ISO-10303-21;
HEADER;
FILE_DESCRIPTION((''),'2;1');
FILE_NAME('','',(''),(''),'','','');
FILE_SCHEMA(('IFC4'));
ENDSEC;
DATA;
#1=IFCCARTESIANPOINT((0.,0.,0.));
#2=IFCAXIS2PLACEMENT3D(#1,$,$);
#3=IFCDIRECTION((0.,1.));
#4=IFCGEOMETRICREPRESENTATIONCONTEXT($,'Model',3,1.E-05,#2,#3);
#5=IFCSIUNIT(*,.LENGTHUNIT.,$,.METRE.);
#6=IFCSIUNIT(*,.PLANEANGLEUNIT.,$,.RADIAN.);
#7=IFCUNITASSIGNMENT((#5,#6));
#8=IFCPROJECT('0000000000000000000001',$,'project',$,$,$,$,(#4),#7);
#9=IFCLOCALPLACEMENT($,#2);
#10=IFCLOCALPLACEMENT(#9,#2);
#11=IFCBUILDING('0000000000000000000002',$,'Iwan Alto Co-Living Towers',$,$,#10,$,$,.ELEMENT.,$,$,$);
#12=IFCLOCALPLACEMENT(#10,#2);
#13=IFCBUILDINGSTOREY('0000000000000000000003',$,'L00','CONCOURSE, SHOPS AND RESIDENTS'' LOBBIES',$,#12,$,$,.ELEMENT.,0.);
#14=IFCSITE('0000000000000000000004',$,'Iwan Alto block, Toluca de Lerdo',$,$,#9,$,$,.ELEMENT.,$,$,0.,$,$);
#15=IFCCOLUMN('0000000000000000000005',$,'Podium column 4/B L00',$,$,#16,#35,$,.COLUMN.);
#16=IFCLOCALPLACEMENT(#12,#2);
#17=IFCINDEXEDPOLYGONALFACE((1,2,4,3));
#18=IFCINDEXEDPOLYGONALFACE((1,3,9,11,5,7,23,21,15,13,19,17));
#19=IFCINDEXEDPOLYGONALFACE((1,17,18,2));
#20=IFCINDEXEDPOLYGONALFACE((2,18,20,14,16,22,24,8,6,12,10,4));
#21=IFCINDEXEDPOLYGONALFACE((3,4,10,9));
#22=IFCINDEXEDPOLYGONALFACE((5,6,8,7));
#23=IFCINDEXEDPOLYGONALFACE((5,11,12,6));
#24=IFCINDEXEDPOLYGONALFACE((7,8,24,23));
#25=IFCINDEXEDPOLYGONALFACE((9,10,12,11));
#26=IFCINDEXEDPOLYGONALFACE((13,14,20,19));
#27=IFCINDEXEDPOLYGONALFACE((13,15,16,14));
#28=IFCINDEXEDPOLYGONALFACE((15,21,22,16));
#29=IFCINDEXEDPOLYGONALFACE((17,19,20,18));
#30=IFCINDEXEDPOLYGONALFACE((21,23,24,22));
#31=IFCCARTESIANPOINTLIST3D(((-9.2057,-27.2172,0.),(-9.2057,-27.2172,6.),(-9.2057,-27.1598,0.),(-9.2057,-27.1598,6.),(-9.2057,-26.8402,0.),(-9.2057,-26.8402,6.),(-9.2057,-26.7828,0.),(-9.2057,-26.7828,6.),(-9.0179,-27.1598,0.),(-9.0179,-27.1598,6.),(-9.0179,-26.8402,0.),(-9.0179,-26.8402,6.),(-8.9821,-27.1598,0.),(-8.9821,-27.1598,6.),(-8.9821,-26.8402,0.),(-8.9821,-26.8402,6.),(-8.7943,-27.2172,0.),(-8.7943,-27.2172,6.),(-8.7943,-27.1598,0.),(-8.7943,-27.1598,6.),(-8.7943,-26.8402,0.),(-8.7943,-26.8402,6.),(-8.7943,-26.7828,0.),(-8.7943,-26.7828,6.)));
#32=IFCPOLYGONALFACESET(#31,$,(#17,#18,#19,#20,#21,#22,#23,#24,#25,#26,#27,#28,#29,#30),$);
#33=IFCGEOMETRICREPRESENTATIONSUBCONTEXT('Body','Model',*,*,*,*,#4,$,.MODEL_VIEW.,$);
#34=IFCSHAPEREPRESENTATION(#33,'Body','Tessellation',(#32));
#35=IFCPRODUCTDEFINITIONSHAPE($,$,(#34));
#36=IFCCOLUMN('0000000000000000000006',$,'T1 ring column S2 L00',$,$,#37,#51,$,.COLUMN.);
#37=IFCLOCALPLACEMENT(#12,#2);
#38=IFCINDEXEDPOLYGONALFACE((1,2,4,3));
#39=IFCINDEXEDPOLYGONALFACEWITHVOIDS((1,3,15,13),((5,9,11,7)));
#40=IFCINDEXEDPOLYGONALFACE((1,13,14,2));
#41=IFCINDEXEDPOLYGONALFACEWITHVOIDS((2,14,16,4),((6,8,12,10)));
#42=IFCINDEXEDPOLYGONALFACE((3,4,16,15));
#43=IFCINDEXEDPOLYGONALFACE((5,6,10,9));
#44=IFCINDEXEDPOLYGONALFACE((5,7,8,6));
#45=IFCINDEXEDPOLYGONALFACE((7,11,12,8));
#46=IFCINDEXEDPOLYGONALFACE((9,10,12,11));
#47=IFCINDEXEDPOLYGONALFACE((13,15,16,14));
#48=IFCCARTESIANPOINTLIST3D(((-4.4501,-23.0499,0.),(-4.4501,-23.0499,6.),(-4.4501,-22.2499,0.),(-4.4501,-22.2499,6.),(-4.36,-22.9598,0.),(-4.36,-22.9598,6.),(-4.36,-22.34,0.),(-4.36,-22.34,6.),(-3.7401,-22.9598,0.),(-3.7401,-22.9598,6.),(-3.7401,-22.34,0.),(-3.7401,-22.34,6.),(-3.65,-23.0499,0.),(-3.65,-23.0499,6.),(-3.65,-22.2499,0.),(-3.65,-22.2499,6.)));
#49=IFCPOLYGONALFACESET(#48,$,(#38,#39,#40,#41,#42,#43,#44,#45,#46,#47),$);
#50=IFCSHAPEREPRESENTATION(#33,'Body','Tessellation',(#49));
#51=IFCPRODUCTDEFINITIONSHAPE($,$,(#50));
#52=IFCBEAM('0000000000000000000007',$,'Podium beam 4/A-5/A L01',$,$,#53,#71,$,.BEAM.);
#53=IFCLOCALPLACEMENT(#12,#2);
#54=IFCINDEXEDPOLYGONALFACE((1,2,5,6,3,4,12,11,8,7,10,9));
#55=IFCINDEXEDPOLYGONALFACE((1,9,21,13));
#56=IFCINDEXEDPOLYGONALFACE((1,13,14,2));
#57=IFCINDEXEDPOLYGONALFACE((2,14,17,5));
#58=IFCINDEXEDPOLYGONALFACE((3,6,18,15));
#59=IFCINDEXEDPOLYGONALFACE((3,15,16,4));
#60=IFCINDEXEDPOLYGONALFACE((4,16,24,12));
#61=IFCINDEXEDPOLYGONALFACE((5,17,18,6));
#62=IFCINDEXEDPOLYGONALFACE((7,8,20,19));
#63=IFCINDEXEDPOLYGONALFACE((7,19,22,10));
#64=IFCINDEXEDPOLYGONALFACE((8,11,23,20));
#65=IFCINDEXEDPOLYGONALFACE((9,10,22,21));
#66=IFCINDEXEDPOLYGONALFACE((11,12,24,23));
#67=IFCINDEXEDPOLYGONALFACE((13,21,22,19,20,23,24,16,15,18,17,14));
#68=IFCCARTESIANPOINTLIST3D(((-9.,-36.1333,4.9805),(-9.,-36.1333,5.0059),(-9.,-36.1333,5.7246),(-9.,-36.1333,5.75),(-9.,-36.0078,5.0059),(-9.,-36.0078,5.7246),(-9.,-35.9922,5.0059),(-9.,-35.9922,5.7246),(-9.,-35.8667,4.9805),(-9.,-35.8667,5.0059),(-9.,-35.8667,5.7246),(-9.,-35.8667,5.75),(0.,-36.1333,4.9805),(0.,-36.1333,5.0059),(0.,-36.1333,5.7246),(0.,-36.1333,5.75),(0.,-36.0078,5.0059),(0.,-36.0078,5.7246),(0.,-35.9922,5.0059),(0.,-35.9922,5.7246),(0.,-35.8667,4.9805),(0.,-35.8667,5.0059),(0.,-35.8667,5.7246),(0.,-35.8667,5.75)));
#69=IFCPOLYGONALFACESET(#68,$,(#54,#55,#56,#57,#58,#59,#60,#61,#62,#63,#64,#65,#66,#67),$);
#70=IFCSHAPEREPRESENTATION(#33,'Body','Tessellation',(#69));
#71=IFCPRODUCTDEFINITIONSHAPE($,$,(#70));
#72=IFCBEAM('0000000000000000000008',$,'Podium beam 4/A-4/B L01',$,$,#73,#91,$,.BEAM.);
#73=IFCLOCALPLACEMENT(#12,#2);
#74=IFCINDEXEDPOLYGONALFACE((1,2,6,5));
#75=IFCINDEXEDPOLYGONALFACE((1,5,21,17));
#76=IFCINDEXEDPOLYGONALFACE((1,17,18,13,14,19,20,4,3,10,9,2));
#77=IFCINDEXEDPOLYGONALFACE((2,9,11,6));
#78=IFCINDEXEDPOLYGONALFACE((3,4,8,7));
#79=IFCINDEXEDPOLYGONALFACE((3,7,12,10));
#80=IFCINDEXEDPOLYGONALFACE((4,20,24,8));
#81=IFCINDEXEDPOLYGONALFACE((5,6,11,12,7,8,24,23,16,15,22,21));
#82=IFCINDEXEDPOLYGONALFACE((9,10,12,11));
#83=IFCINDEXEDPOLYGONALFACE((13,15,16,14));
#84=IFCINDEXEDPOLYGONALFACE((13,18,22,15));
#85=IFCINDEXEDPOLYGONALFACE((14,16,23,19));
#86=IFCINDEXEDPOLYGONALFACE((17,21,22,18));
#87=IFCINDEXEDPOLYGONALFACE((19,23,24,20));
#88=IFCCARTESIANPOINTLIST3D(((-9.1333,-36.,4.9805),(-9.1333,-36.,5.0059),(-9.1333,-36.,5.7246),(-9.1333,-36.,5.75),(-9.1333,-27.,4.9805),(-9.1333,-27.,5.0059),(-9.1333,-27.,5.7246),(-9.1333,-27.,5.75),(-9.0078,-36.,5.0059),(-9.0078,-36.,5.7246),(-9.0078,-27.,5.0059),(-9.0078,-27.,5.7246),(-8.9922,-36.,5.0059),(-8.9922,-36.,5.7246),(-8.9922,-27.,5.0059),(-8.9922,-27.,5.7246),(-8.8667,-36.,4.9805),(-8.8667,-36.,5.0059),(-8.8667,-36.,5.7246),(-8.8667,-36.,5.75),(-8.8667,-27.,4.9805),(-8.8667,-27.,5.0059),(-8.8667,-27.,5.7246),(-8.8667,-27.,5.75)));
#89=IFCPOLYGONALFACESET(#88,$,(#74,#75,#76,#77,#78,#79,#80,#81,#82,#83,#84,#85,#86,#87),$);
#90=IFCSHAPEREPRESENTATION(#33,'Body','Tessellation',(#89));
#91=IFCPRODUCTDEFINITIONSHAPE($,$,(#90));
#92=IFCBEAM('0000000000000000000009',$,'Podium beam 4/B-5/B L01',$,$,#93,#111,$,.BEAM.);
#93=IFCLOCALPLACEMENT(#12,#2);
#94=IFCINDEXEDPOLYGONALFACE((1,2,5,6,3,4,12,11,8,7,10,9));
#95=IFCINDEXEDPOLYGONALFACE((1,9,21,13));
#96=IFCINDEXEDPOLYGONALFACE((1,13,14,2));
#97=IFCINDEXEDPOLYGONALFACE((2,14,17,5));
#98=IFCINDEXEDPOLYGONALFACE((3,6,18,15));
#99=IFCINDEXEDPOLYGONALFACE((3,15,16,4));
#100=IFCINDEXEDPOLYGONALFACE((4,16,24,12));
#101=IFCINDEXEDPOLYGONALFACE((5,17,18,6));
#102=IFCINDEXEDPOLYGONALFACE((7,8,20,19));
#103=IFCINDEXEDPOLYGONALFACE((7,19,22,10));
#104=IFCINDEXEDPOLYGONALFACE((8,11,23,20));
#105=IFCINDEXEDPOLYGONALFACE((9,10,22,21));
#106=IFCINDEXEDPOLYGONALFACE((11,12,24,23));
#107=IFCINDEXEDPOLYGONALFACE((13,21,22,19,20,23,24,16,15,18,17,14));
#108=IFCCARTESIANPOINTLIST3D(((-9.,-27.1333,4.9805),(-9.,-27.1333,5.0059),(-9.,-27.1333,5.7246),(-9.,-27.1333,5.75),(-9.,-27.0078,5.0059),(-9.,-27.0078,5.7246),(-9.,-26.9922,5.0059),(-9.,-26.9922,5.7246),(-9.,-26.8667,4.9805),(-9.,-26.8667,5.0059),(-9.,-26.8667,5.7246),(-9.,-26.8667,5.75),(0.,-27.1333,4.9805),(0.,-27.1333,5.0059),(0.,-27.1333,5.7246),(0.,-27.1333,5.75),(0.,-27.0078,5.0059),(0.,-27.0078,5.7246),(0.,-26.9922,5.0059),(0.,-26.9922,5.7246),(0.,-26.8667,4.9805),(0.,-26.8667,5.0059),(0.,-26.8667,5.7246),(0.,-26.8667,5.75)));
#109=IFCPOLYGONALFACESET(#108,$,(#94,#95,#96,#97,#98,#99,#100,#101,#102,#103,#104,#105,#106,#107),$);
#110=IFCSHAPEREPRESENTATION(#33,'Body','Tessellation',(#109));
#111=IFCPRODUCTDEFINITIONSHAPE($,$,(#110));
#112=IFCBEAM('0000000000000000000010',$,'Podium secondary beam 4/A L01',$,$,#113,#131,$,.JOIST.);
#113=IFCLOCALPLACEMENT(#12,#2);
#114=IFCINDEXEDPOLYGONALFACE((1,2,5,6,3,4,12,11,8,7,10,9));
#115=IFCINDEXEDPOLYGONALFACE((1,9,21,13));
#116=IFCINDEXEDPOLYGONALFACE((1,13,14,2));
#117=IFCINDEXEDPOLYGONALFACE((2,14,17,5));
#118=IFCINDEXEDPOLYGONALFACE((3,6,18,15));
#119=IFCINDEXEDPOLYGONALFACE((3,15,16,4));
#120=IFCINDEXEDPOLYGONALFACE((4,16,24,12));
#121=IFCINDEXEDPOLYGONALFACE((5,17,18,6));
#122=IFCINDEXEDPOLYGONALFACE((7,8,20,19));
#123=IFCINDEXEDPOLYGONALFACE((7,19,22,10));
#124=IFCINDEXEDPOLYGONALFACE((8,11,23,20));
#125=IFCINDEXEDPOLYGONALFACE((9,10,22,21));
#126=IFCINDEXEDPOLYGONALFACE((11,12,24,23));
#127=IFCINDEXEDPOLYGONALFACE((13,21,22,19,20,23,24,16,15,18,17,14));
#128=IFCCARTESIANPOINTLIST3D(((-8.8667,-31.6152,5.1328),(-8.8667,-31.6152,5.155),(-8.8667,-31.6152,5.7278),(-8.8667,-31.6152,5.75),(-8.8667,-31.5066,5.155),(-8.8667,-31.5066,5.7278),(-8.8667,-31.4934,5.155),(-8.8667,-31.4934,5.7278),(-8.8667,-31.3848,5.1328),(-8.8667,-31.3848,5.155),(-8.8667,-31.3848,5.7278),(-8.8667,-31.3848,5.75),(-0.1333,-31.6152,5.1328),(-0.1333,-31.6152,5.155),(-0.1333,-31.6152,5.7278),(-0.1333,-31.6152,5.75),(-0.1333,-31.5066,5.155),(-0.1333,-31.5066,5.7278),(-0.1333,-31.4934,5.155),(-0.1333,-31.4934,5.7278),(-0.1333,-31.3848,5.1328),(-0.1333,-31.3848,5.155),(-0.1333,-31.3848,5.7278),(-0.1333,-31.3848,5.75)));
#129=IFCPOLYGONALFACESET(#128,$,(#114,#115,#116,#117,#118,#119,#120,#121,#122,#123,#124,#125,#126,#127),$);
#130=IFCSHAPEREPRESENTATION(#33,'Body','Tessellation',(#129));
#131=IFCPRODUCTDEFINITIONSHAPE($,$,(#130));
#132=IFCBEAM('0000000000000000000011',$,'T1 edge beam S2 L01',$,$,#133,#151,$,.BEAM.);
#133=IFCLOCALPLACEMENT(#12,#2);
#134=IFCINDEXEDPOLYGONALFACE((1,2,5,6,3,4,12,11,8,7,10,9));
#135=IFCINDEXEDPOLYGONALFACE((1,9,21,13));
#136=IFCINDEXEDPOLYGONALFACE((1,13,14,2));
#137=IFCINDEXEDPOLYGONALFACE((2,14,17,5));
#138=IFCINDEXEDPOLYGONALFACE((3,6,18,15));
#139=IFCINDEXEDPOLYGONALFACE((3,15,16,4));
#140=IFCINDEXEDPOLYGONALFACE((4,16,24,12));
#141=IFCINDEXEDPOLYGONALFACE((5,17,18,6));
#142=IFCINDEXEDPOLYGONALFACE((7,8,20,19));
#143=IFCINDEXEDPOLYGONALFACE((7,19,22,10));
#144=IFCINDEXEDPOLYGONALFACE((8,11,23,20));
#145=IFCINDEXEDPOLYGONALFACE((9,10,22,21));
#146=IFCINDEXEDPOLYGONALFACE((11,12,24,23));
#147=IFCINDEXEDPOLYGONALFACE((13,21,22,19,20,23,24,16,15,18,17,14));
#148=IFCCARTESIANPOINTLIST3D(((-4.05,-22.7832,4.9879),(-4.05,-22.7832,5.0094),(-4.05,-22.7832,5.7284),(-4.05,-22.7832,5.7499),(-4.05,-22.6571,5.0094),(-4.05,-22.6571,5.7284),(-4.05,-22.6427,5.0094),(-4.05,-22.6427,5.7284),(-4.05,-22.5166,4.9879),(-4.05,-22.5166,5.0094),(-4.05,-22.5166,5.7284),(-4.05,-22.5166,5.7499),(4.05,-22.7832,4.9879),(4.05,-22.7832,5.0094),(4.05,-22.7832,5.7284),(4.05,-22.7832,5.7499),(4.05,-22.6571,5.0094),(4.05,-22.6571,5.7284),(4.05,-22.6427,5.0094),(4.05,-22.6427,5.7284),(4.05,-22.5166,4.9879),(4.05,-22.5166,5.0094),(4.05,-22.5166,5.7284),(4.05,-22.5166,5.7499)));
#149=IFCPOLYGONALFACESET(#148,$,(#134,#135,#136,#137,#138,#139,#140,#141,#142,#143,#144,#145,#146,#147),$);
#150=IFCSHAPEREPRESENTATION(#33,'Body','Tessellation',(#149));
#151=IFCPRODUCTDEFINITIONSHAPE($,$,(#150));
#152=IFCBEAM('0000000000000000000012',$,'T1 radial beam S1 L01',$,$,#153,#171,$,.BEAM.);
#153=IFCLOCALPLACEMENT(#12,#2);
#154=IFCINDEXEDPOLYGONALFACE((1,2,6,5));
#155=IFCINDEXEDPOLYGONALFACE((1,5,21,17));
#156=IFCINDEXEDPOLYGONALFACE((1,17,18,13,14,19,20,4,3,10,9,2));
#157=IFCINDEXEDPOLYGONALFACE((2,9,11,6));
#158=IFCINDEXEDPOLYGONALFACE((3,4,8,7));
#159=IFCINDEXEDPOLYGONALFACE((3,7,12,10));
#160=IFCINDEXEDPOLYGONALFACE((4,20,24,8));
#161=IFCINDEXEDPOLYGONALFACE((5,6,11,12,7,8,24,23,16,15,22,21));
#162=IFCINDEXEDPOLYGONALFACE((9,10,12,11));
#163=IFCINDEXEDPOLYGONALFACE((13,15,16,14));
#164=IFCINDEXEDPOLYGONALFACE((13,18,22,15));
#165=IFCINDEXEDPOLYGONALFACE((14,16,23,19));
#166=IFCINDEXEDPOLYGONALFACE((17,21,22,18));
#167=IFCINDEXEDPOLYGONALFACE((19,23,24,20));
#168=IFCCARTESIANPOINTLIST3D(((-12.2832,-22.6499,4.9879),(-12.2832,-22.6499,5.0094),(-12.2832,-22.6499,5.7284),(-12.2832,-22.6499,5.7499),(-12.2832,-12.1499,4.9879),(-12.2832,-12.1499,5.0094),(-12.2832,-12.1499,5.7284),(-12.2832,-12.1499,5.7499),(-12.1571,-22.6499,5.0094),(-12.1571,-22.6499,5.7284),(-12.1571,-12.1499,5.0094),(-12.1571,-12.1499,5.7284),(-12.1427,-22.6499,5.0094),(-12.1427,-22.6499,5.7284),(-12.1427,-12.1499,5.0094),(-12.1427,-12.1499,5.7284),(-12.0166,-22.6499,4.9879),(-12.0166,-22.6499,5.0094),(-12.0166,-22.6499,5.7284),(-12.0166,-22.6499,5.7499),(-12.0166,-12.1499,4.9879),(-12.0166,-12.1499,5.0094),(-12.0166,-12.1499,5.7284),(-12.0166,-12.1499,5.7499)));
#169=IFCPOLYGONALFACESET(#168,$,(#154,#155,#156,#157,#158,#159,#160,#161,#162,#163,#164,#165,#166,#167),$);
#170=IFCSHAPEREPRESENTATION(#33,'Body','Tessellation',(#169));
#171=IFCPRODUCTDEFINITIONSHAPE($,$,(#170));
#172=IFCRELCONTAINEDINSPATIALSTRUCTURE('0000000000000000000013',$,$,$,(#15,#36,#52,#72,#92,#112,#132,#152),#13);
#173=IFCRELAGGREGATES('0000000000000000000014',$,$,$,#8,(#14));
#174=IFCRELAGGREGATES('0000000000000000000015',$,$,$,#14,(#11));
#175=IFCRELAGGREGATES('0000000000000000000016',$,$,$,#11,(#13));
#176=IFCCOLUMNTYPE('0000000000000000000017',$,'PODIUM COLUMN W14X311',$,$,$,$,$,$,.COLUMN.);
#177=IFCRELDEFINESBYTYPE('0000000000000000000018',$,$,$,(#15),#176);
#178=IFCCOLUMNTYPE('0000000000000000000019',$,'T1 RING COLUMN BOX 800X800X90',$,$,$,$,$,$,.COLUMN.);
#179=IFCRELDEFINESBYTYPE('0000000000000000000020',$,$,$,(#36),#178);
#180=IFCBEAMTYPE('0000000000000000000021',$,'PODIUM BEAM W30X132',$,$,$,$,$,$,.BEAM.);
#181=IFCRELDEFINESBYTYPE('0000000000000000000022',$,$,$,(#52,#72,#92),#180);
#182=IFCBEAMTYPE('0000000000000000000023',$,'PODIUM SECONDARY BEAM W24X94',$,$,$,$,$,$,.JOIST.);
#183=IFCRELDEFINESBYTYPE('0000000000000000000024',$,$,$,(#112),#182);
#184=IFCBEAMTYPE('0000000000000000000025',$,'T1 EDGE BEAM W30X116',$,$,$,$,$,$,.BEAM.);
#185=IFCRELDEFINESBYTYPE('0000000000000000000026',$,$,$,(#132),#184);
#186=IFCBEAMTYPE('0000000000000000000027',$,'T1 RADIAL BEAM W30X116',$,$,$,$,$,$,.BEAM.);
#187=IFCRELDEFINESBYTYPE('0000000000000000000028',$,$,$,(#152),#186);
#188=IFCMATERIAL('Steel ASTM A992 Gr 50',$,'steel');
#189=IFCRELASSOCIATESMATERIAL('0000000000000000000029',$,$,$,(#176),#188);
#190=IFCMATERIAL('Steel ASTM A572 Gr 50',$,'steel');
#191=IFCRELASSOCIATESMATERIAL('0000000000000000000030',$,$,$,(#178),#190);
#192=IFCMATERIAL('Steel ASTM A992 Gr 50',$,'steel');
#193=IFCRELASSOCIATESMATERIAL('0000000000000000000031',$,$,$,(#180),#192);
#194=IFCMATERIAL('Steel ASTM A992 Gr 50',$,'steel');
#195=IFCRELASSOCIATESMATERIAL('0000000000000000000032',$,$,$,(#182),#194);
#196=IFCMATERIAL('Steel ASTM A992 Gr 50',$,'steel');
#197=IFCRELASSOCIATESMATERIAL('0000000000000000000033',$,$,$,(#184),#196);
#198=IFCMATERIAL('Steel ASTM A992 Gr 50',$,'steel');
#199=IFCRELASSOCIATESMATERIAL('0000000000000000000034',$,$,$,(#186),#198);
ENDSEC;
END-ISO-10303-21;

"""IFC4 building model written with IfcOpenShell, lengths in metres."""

from ifc_helpers import new_model, si_unit, direction, frame, origin, origin_2d, place, context, subcontext, project, spatial, hollow_rectangle, i_section, extrude, material, material_profile, profile_set, type_object, element, save


model = new_model("IFC4")

# Units and contexts
model_context = context("Model", 3, precision=1e-05, world=origin(), true_north=direction((0.0, 1.0)))
body_context = subcontext(model_context, "Body", "Model", "MODEL_VIEW")
ifc_project = project(units=[si_unit("LENGTHUNIT", "METRE"), si_unit("PLANEANGLEUNIT", "RADIAN")], contexts=[model_context])

# Site, building, storey
site_placement = place(None, origin())
site = spatial("IfcSite", under=ifc_project, at=site_placement, Name="Iwan Alto block, Toluca de Lerdo", CompositionType="ELEMENT", RefElevation=0.0)
building_placement = place(site_placement, origin())
building = spatial("IfcBuilding", under=site, at=building_placement, Name="Iwan Alto Co-Living Towers", CompositionType="ELEMENT")
storey_placement = place(building_placement, origin())
storey = spatial("IfcBuildingStorey", under=building, at=storey_placement, Name="L00", Description="CONCOURSE, SHOPS AND RESIDENTS' LOBBIES", CompositionType="ELEMENT", Elevation=0.0)

# Columns
ifc_material_1 = material(Name="Steel ASTM A992 Gr 50", Category="steel")
ifc_material_profile_1 = material_profile(ifc_material_1, i_section(OverallWidth=0.4114, OverallDepth=0.4343, WebThickness=0.0359, FlangeThickness=0.0574, at=origin_2d()), Name="W14X311")
ifc_profile_set_1 = profile_set([ifc_material_profile_1], Name="Steel ASTM A992 Gr 50")
column_type_1 = type_object("IfcColumnType", Name="PODIUM COLUMN W14X311", PredefinedType="COLUMN", material=ifc_profile_set_1)
for number, where, z_axis, x_axis, name in (
    (1, (-9.0, -27.0, 0.0), (0.0, 0.0, 1.0), (1.0, 0.0, 0.0), "Podium column 4/B L00"),
):
    element("IfcColumn", number, at=place(storey_placement, frame(where, z_axis=z_axis, x_axis=x_axis)), inside=storey, type_object=column_type_1, Name=name, PredefinedType="COLUMN", context=body_context, shape_type="SweptSolid", body=[
        extrude(i_section(OverallWidth=0.4114, OverallDepth=0.4343, WebThickness=0.0359, FlangeThickness=0.0574, at=origin_2d()), origin(), (0.0, 0.0, 1.0), 6.0),
    ])
ifc_material_2 = material(Name="Steel ASTM A572 Gr 50", Category="steel")
ifc_material_profile_2 = material_profile(ifc_material_2, hollow_rectangle(XDim=0.8, YDim=0.8, WallThickness=0.0901, at=origin_2d()), Name="BOX 800X800X90")
ifc_profile_set_2 = profile_set([ifc_material_profile_2], Name="Steel ASTM A572 Gr 50")
column_type_2 = type_object("IfcColumnType", Name="T1 RING COLUMN BOX 800X800X90", PredefinedType="COLUMN", material=ifc_profile_set_2)
column_placement = place(storey_placement, frame((-4.05, -22.6499, 0.0), z_axis=(0.0, 0.0, 1.0), x_axis=(1.0, 0.0, 0.0)))
element("IfcColumn", 2, at=column_placement, inside=storey, type_object=column_type_2, Name="T1 ring column S2 L00", PredefinedType="COLUMN", context=body_context, shape_type="SweptSolid", body=[
    extrude(hollow_rectangle(XDim=0.8, YDim=0.8, WallThickness=0.0901, at=origin_2d()), origin(), (0.0, 0.0, 1.0), 6.0),
])

# Beams
ifc_material_3 = material(Name="Steel ASTM A992 Gr 50", Category="steel")
ifc_material_profile_3 = material_profile(ifc_material_3, i_section(OverallWidth=0.2666, OverallDepth=0.7695, WebThickness=0.0156, FlangeThickness=0.0254, at=origin_2d()), Name="W30X132")
ifc_profile_set_3 = profile_set([ifc_material_profile_3], Name="Steel ASTM A992 Gr 50")
beam_type_1 = type_object("IfcBeamType", Name="PODIUM BEAM W30X132", PredefinedType="BEAM", material=ifc_profile_set_3)
for number, where, z_axis, x_axis, name in (
    (3, (-9.0, -36.0, 5.3652), (1.0, 0.0, 0.0), (0.0, 1.0, 0.0), "Podium beam 4/A-5/A L01"),
    (4, (-9.0, -36.0, 5.3652), (0.0, 1.0, 0.0), (-1.0, 0.0, 0.0), "Podium beam 4/A-4/B L01"),
    (5, (-9.0, -27.0, 5.3652), (1.0, 0.0, 0.0), (0.0, 1.0, 0.0), "Podium beam 4/B-5/B L01"),
):
    element("IfcBeam", number, at=place(storey_placement, frame(where, z_axis=z_axis, x_axis=x_axis)), inside=storey, type_object=beam_type_1, Name=name, PredefinedType="BEAM", context=body_context, shape_type="SweptSolid", body=[
        extrude(i_section(OverallWidth=0.2666, OverallDepth=0.7695, WebThickness=0.0156, FlangeThickness=0.0254, at=origin_2d()), origin(), (0.0, 0.0, 1.0), 9.0),
    ])
ifc_material_4 = material(Name="Steel ASTM A992 Gr 50", Category="steel")
ifc_material_profile_4 = material_profile(ifc_material_4, i_section(OverallWidth=0.2305, OverallDepth=0.6172, WebThickness=0.0132, FlangeThickness=0.0222, at=origin_2d()), Name="W24X94")
ifc_profile_set_4 = profile_set([ifc_material_profile_4], Name="Steel ASTM A992 Gr 50")
beam_type_2 = type_object("IfcBeamType", Name="PODIUM SECONDARY BEAM W24X94", PredefinedType="JOIST", material=ifc_profile_set_4)
beam_1_placement = place(storey_placement, frame((-8.8667, -31.5, 5.4414), z_axis=(1.0, 0.0, 0.0), x_axis=(0.0, 1.0, 0.0)))
element("IfcBeam", 6, at=beam_1_placement, inside=storey, type_object=beam_type_2, Name="Podium secondary beam 4/A L01", PredefinedType="JOIST", context=body_context, shape_type="SweptSolid", body=[
    extrude(i_section(OverallWidth=0.2305, OverallDepth=0.6172, WebThickness=0.0132, FlangeThickness=0.0222, at=origin_2d()), origin(), (0.0, 0.0, 1.0), 8.7334),
])
ifc_material_5 = material(Name="Steel ASTM A992 Gr 50", Category="steel")
ifc_material_profile_5 = material_profile(ifc_material_5, i_section(OverallWidth=0.2666, OverallDepth=0.762, WebThickness=0.0144, FlangeThickness=0.0215, at=origin_2d()), Name="W30X116")
ifc_profile_set_5 = profile_set([ifc_material_profile_5], Name="Steel ASTM A992 Gr 50")
beam_type_3 = type_object("IfcBeamType", Name="T1 EDGE BEAM W30X116", PredefinedType="BEAM", material=ifc_profile_set_5)
beam_2_placement = place(storey_placement, frame((-4.05, -22.6499, 5.3689), z_axis=(1.0, 0.0, 0.0), x_axis=(0.0, 1.0, 0.0)))
element("IfcBeam", 7, at=beam_2_placement, inside=storey, type_object=beam_type_3, Name="T1 edge beam S2 L01", PredefinedType="BEAM", context=body_context, shape_type="SweptSolid", body=[
    extrude(i_section(OverallWidth=0.2666, OverallDepth=0.762, WebThickness=0.0144, FlangeThickness=0.0215, at=origin_2d()), origin(), (0.0, 0.0, 1.0), 8.1001),
])
ifc_material_6 = material(Name="Steel ASTM A992 Gr 50", Category="steel")
ifc_material_profile_6 = material_profile(ifc_material_6, i_section(OverallWidth=0.2666, OverallDepth=0.762, WebThickness=0.0144, FlangeThickness=0.0215, at=origin_2d()), Name="W30X116")
ifc_profile_set_6 = profile_set([ifc_material_profile_6], Name="Steel ASTM A992 Gr 50")
beam_type_4 = type_object("IfcBeamType", Name="T1 RADIAL BEAM W30X116", PredefinedType="BEAM", material=ifc_profile_set_6)
beam_3_placement = place(storey_placement, frame((-12.1499, -22.6499, 5.3689), z_axis=(0.0, 1.0, 0.0), x_axis=(-1.0, 0.0, 0.0)))
element("IfcBeam", 8, at=beam_3_placement, inside=storey, type_object=beam_type_4, Name="T1 radial beam S1 L01", PredefinedType="BEAM", context=body_context, shape_type="SweptSolid", body=[
    extrude(i_section(OverallWidth=0.2666, OverallDepth=0.762, WebThickness=0.0144, FlangeThickness=0.0215, at=origin_2d()), origin(), (0.0, 0.0, 1.0), 10.5),
])

save(model, "model.ifc")
